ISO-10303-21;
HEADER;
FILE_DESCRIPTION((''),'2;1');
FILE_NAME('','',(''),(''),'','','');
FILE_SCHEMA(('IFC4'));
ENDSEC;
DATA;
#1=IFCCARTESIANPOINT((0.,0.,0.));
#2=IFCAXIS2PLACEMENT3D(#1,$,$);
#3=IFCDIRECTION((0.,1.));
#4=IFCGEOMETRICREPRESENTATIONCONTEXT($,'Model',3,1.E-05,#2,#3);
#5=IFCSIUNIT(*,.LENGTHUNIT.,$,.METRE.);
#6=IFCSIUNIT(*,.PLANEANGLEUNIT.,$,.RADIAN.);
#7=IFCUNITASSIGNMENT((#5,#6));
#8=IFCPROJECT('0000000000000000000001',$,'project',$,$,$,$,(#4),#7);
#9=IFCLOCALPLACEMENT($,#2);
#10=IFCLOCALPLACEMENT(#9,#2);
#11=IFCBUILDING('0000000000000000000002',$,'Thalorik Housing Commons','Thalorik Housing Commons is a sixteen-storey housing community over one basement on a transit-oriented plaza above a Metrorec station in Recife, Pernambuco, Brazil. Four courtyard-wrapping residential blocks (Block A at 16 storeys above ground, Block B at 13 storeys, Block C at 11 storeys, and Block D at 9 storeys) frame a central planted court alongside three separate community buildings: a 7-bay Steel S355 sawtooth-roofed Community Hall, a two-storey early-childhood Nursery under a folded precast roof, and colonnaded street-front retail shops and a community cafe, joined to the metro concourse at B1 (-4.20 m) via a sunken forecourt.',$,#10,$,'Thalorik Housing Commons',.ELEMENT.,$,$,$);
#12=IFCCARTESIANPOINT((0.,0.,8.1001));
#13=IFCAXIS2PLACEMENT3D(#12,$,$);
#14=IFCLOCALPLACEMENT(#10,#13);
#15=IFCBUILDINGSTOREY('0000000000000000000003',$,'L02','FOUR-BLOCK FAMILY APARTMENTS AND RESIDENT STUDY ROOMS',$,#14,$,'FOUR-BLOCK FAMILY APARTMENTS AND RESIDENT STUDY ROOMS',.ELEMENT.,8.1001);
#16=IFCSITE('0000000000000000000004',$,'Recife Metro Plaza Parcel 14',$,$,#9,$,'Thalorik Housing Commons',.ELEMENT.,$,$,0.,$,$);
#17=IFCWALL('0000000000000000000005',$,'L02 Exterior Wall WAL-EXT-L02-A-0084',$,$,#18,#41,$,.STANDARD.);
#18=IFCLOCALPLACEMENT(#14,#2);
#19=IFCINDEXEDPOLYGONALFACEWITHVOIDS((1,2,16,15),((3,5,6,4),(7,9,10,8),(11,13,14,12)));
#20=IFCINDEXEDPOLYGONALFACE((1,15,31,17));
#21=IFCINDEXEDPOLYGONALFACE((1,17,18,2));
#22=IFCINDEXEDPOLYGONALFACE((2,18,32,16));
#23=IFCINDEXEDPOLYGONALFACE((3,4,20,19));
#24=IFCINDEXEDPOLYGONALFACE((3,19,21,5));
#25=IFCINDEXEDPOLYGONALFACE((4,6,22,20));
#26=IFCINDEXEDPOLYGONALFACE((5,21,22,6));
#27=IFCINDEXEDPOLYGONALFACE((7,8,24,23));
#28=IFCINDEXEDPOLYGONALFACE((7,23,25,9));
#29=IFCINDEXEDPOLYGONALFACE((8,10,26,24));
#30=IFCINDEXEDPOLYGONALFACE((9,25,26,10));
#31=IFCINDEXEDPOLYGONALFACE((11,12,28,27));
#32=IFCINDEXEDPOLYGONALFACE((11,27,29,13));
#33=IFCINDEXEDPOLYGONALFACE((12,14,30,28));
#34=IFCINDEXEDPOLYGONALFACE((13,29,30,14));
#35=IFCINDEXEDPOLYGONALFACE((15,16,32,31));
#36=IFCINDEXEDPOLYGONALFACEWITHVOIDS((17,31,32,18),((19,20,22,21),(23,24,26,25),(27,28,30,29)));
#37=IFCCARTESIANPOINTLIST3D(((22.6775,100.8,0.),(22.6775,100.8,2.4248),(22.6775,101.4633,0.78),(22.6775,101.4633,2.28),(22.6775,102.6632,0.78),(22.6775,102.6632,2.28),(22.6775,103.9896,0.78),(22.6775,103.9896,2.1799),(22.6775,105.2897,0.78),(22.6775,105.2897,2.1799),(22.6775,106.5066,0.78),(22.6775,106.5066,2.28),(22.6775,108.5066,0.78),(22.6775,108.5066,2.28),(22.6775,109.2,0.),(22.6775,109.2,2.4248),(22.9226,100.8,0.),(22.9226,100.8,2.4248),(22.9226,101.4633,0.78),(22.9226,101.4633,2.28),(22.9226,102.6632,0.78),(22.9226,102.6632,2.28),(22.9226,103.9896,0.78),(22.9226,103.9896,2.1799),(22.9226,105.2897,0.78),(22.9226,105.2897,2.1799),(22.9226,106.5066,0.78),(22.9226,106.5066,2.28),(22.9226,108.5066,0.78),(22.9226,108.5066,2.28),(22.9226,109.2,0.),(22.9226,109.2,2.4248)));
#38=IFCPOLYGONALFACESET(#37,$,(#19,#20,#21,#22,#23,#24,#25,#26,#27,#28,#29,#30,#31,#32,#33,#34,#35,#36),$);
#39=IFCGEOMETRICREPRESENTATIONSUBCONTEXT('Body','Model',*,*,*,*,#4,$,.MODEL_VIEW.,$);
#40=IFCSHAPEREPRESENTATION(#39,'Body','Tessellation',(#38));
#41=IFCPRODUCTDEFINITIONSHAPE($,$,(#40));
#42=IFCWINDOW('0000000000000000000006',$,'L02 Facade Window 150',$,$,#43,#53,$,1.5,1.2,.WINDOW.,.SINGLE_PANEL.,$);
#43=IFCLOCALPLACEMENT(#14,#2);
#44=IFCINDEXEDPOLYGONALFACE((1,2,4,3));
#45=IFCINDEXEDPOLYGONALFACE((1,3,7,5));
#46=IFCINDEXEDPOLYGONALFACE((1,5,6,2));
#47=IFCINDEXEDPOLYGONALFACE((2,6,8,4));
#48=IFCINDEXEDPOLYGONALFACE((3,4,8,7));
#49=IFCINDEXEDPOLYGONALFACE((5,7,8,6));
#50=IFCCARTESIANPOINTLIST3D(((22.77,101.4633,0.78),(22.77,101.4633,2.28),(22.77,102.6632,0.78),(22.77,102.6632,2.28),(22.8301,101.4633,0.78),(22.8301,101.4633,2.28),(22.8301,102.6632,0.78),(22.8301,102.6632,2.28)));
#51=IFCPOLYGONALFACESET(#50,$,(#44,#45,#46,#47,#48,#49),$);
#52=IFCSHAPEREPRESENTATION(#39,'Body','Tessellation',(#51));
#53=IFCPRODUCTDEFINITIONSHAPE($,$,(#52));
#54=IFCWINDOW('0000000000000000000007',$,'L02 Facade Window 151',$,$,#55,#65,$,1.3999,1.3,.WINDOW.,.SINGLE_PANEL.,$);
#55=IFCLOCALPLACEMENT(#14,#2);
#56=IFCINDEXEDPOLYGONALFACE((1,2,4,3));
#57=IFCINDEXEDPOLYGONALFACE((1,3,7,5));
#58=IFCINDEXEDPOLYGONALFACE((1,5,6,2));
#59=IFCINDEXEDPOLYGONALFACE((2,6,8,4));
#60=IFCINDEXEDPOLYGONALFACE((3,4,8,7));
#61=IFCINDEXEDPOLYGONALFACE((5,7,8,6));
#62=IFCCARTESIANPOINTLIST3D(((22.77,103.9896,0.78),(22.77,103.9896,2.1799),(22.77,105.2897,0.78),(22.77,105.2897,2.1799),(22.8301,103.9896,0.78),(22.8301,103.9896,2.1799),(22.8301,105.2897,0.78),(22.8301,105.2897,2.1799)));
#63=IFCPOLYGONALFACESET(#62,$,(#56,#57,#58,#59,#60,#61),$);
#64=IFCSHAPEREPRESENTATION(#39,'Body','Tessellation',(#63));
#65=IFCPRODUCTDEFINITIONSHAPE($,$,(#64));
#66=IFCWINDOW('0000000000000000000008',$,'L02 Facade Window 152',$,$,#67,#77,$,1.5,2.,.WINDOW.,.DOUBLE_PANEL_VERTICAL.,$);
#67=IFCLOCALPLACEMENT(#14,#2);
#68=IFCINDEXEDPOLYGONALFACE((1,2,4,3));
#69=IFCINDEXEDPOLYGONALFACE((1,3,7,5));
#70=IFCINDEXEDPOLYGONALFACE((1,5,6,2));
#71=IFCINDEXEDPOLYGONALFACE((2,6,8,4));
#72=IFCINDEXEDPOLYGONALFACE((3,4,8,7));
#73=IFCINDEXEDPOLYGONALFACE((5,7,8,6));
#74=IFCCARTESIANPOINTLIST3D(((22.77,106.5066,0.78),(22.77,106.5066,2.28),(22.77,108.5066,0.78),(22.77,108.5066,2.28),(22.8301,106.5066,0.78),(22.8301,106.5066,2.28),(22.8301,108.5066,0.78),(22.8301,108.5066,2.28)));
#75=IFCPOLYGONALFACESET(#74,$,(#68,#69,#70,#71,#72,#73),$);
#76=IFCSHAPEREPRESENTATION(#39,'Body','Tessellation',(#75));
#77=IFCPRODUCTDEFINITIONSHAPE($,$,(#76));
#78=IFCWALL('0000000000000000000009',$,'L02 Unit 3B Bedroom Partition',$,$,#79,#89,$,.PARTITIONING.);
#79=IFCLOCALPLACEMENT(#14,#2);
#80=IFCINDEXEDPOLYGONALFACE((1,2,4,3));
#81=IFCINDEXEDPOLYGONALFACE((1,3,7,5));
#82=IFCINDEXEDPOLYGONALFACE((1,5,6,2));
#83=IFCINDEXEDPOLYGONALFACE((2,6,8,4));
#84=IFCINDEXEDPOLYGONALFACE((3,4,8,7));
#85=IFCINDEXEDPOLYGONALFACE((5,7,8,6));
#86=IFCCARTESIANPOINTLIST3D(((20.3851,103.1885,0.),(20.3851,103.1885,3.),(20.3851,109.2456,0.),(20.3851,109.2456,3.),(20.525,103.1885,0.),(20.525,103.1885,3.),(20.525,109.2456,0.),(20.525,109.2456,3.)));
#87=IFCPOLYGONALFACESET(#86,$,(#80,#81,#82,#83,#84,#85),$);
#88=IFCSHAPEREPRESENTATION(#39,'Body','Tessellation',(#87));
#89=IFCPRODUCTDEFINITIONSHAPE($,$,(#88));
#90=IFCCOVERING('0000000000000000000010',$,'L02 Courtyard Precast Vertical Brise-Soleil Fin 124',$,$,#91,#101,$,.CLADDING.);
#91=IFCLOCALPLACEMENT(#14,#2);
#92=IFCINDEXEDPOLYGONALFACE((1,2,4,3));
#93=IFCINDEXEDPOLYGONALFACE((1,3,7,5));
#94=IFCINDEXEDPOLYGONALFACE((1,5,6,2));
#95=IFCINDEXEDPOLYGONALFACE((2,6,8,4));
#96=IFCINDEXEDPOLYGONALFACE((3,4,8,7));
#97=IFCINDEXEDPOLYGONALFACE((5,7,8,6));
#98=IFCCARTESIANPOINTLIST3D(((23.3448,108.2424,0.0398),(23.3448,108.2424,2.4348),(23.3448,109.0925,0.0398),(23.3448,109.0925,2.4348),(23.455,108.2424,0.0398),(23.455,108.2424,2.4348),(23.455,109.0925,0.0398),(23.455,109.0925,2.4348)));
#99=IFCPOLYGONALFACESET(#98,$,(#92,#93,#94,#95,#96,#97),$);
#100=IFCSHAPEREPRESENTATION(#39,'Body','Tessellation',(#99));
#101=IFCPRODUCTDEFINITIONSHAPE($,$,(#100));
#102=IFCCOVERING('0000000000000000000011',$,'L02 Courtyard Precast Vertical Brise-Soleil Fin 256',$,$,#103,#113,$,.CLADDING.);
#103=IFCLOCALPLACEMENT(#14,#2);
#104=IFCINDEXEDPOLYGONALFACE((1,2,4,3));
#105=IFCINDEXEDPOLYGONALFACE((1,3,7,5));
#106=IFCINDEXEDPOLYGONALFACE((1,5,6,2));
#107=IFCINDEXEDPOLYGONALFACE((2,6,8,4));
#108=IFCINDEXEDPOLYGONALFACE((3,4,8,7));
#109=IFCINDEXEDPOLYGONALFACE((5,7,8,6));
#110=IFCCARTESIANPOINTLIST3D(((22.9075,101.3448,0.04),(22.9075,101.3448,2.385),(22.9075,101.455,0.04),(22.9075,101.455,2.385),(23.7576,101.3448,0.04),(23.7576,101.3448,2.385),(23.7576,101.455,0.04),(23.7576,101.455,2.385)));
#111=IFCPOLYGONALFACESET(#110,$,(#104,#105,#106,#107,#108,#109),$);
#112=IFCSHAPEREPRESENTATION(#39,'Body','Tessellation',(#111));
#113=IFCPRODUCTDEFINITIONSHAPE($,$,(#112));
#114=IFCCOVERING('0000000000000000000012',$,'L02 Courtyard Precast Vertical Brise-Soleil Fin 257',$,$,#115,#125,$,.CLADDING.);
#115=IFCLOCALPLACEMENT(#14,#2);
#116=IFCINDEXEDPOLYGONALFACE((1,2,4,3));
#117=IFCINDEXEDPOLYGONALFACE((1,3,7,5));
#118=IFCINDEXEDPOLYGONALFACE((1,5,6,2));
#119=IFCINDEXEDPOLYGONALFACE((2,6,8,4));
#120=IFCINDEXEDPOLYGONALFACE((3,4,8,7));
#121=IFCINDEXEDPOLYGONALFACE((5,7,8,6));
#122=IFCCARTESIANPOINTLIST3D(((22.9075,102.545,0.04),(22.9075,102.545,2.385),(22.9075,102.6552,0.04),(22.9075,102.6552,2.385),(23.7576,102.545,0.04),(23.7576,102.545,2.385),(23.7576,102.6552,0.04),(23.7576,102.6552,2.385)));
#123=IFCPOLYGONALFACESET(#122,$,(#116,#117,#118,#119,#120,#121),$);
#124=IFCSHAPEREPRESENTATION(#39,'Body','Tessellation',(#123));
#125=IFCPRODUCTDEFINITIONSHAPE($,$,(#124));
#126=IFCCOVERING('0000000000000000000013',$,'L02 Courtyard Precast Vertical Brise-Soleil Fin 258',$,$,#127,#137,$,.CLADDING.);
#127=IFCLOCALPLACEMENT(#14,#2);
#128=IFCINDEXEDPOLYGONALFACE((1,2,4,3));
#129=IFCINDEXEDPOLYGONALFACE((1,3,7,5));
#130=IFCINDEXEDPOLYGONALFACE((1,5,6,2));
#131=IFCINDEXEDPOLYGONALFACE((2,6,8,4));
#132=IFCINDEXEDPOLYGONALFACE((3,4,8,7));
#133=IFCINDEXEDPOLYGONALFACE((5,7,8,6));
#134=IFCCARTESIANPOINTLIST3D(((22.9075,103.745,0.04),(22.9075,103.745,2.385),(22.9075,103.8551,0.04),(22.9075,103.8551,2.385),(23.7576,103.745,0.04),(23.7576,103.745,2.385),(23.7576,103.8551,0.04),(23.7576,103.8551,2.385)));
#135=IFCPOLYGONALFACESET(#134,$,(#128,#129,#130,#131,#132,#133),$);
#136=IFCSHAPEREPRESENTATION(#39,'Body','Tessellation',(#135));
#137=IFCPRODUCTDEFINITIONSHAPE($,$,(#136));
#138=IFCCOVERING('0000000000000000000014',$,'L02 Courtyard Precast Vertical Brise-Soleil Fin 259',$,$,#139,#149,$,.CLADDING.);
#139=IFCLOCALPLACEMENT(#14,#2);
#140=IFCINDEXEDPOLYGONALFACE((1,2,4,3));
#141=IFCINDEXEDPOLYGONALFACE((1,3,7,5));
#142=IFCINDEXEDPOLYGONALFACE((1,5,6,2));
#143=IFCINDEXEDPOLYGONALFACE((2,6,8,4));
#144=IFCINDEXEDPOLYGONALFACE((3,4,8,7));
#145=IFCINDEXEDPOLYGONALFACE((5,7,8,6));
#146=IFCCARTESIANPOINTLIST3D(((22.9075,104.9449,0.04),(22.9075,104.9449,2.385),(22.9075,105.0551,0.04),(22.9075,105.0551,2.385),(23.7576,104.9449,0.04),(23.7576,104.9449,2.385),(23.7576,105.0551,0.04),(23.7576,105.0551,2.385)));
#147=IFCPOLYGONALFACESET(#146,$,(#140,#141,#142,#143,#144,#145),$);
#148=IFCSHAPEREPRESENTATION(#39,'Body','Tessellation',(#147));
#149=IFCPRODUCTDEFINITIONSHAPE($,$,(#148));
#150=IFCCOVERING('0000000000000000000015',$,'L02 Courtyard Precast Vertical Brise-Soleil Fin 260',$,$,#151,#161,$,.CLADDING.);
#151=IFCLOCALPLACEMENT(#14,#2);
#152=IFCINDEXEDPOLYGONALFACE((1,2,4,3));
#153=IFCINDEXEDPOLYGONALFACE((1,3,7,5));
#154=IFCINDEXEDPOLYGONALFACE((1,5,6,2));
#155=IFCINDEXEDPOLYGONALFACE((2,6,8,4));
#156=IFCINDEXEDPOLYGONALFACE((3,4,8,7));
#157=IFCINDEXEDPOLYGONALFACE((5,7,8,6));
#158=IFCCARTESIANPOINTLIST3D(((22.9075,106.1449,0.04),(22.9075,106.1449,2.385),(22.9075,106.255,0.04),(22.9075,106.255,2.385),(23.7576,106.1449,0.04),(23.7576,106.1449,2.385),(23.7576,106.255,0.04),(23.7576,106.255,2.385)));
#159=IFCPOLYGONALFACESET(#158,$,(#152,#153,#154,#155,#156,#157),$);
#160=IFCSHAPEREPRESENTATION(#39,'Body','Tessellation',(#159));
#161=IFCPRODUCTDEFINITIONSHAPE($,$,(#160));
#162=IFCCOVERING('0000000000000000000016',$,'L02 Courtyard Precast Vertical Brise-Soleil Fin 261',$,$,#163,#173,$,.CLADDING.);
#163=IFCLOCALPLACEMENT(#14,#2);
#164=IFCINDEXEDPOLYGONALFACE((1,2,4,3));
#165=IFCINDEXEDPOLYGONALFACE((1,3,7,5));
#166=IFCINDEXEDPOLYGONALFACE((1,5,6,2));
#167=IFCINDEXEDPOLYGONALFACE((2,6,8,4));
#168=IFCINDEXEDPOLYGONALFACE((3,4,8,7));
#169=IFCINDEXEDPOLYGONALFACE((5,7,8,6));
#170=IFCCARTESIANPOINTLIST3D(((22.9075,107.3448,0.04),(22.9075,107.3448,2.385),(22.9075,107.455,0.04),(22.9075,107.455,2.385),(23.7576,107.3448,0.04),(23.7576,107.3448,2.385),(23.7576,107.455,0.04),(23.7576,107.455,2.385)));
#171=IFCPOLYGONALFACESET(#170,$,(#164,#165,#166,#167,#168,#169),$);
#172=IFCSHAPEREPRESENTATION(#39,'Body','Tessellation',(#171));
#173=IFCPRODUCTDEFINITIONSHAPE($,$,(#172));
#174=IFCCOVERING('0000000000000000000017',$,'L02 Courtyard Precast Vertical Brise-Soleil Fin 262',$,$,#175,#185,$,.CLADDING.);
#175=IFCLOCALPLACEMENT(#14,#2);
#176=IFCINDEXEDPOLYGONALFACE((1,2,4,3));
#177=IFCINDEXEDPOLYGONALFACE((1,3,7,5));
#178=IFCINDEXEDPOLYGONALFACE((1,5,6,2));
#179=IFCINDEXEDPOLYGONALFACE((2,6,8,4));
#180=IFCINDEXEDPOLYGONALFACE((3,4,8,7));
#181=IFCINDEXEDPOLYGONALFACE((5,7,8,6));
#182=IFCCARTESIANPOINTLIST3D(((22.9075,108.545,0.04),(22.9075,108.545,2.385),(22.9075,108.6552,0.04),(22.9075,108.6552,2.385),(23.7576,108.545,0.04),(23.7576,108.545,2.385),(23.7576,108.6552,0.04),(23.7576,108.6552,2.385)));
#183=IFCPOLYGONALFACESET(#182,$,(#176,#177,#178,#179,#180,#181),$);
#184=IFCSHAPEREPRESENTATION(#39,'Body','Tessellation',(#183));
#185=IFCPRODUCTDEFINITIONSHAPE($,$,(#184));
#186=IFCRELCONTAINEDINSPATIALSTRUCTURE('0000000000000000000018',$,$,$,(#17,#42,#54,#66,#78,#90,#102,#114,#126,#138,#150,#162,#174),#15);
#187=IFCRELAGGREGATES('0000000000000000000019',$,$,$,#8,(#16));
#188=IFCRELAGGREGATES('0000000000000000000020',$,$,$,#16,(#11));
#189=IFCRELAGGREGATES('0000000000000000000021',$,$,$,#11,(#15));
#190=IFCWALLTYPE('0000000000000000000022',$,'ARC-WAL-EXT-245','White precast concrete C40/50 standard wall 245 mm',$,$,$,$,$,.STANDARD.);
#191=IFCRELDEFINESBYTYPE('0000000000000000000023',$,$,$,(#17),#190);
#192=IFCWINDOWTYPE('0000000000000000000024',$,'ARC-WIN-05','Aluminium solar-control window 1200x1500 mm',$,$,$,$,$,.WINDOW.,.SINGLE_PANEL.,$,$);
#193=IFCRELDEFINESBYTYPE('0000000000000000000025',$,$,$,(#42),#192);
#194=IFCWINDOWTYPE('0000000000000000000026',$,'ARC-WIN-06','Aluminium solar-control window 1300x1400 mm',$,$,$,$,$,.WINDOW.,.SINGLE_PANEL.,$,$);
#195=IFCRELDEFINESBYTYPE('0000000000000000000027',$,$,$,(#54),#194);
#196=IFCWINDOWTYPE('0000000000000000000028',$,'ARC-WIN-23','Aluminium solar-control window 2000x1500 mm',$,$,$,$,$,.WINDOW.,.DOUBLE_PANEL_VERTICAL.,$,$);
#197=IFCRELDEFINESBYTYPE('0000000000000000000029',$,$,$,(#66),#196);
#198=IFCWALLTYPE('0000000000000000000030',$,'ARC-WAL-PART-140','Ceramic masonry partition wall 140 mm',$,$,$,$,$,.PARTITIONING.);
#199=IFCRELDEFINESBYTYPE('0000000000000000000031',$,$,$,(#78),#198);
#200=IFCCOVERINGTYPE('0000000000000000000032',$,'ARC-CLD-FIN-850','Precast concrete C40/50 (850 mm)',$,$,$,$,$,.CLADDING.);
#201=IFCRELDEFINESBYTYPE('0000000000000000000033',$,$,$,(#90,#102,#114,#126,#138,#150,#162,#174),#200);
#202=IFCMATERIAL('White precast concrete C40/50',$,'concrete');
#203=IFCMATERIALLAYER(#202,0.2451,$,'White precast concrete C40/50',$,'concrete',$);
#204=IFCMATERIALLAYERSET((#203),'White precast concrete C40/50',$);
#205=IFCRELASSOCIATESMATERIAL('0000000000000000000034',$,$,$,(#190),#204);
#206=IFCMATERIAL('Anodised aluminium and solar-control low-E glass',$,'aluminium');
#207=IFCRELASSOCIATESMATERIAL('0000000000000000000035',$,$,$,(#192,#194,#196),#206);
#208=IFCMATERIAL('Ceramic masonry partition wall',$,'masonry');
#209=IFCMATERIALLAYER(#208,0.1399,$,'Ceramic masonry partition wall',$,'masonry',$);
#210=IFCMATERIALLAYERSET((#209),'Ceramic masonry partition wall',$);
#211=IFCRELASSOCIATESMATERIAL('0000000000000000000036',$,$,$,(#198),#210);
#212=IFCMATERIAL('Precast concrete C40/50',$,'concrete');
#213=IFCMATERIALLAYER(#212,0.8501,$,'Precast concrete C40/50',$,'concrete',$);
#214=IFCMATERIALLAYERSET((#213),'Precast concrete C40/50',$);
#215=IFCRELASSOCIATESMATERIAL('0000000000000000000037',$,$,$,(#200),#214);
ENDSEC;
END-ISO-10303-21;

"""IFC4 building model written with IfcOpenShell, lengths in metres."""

from ifc_helpers import new_model, si_unit, direction, frame, frame_2d, origin, origin_2d, place, context, subcontext, project, spatial, rectangle, extrude, material, layer, layer_set, type_object, element, fill, save


model = new_model("IFC4")

# Units and contexts
model_context = context("Model", 3, precision=1e-05, world=origin(), true_north=direction((0.0, 1.0)))
body_context = subcontext(model_context, "Body", "Model", "MODEL_VIEW")
ifc_project = project(units=[si_unit("LENGTHUNIT", "METRE"), si_unit("PLANEANGLEUNIT", "RADIAN")], contexts=[model_context])

# Site, building, storey
site_placement = place(None, origin())
site = spatial("IfcSite", under=ifc_project, at=site_placement, Name="Recife Metro Plaza Parcel 14", LongName="Thalorik Housing Commons", CompositionType="ELEMENT", RefElevation=0.0)
building_placement = place(site_placement, origin())
building = spatial("IfcBuilding", under=site, at=building_placement, Name="Thalorik Housing Commons", Description="Thalorik Housing Commons is a sixteen-storey housing community over one basement on a transit-oriented plaza above a Metrorec station in Recife, Pernambuco, Brazil. Four courtyard-wrapping residential blocks (Block A at 16 storeys above ground, Block B at 13 storeys, Block C at 11 storeys, and Block D at 9 storeys) frame a central planted court alongside three separate community buildings: a 7-bay Steel S355 sawtooth-roofed Community Hall, a two-storey early-childhood Nursery under a folded precast roof, and colonnaded street-front retail shops and a community cafe, joined to the metro concourse at B1 (-4.20 m) via a sunken forecourt.", LongName="Thalorik Housing Commons", CompositionType="ELEMENT")
storey_placement = place(building_placement, frame((0.0, 0.0, 8.1001)))
storey = spatial("IfcBuildingStorey", under=building, at=storey_placement, Name="L02", Description="FOUR-BLOCK FAMILY APARTMENTS AND RESIDENT STUDY ROOMS", LongName="FOUR-BLOCK FAMILY APARTMENTS AND RESIDENT STUDY ROOMS", CompositionType="ELEMENT", Elevation=8.1001)

# Shared definitions
ifc_material_1 = material(Name="Precast concrete C40/50", Category="concrete")

# Wall, openings, windows
ifc_material_2 = material(Name="White precast concrete C40/50", Category="concrete")
ifc_layer_1 = layer(ifc_material_2, 0.2451, Name="White precast concrete C40/50", Category="concrete")
ifc_layer_set_1 = layer_set([ifc_layer_1], Name="White precast concrete C40/50")
wall_type_1 = type_object("IfcWallType", Name="ARC-WAL-EXT-245", Description="White precast concrete C40/50 standard wall 245 mm", PredefinedType="STANDARD", material=ifc_layer_set_1)
ifc_material_3 = material(Name="Anodised aluminium and solar-control low-E glass", Category="aluminium")
wall_1_placement = place(storey_placement, frame((22.8, 100.8, 0.0), z_axis=(0.0, 0.0, 1.0), x_axis=(0.0, 1.0, 0.0)))
wall_1 = element("IfcWall", 1, at=wall_1_placement, inside=storey, type_object=wall_type_1, Name="L02 Exterior Wall WAL-EXT-L02-A-0084", PredefinedType="STANDARD", context=body_context, shape_type="SweptSolid", body=[
    extrude(rectangle(XDim=8.3999, YDim=0.2451, at=frame_2d((4.2, 0.0))), origin(), (0.0, 0.0, 1.0), 2.4248),
])
opening_1_placement = place(wall_1_placement, frame((0.6631, 0.0, 0.78)))
opening_1 = element("IfcOpeningElement", 2, at=opening_1_placement, cuts=wall_1, PredefinedType="OPENING", context=body_context, shape_type="SweptSolid", body=[
    extrude(rectangle(XDim=1.2, YDim=1.5, at=frame_2d((0.6001, 0.75))), frame((0.0, 0.1326, 0.0), z_axis=(0.0, -1.0, 0.0), x_axis=(1.0, 0.0, 0.0)), (0.0, 0.0, 1.0), 0.2651),
])
opening_2_placement = place(wall_1_placement, frame((3.1897, 0.0, 0.78)))
opening_2 = element("IfcOpeningElement", 3, at=opening_2_placement, cuts=wall_1, PredefinedType="OPENING", context=body_context, shape_type="SweptSolid", body=[
    extrude(rectangle(XDim=1.3, YDim=1.3999, at=frame_2d((0.6499, 0.7))), frame((0.0, 0.1326, 0.0), z_axis=(0.0, -1.0, 0.0), x_axis=(1.0, 0.0, 0.0)), (0.0, 0.0, 1.0), 0.2651),
])
opening_3_placement = place(wall_1_placement, frame((5.7065, 0.0, 0.78)))
opening_3 = element("IfcOpeningElement", 4, at=opening_3_placement, cuts=wall_1, PredefinedType="OPENING", context=body_context, shape_type="SweptSolid", body=[
    extrude(rectangle(XDim=2.0, YDim=1.5, at=frame_2d((1.0, 0.75))), frame((0.0, 0.1326, 0.0), z_axis=(0.0, -1.0, 0.0), x_axis=(1.0, 0.0, 0.0)), (0.0, 0.0, 1.0), 0.2651),
])
window_type_1 = type_object("IfcWindowType", Name="ARC-WIN-05", Description="Aluminium solar-control window 1200x1500 mm", PartitioningType="SINGLE_PANEL", PredefinedType="WINDOW", material=ifc_material_3)
window_1_placement = place(opening_1_placement, origin())
window_1 = element("IfcWindow", 5, at=window_1_placement, inside=storey, type_object=window_type_1, Name="L02 Facade Window 150", OverallHeight=1.5, OverallWidth=1.2, PartitioningType="SINGLE_PANEL", PredefinedType="WINDOW", context=body_context, shape_type="SweptSolid", body=[
    extrude(rectangle(XDim=1.2, YDim=1.5, at=frame_2d((0.6001, 0.75))), frame((0.0, 0.03, 0.0), z_axis=(0.0, -1.0, 0.0), x_axis=(1.0, 0.0, 0.0)), (0.0, 0.0, 1.0), 0.0601),
])
fill(opening_1, window_1)
window_type_2 = type_object("IfcWindowType", Name="ARC-WIN-06", Description="Aluminium solar-control window 1300x1400 mm", PartitioningType="SINGLE_PANEL", PredefinedType="WINDOW", material=ifc_material_3)
window_2_placement = place(opening_2_placement, origin())
window_2 = element("IfcWindow", 6, at=window_2_placement, inside=storey, type_object=window_type_2, Name="L02 Facade Window 151", OverallHeight=1.3999, OverallWidth=1.3, PartitioningType="SINGLE_PANEL", PredefinedType="WINDOW", context=body_context, shape_type="SweptSolid", body=[
    extrude(rectangle(XDim=1.3, YDim=1.3999, at=frame_2d((0.6499, 0.7))), frame((0.0, 0.03, 0.0), z_axis=(0.0, -1.0, 0.0), x_axis=(1.0, 0.0, 0.0)), (0.0, 0.0, 1.0), 0.0601),
])
fill(opening_2, window_2)
window_type_3 = type_object("IfcWindowType", Name="ARC-WIN-23", Description="Aluminium solar-control window 2000x1500 mm", PartitioningType="DOUBLE_PANEL_VERTICAL", PredefinedType="WINDOW", material=ifc_material_3)
window_3_placement = place(opening_3_placement, origin())
window_3 = element("IfcWindow", 7, at=window_3_placement, inside=storey, type_object=window_type_3, Name="L02 Facade Window 152", OverallHeight=1.5, OverallWidth=2.0, PartitioningType="DOUBLE_PANEL_VERTICAL", PredefinedType="WINDOW", context=body_context, shape_type="SweptSolid", body=[
    extrude(rectangle(XDim=2.0, YDim=1.5, at=frame_2d((1.0, 0.75))), frame((0.0, 0.03, 0.0), z_axis=(0.0, -1.0, 0.0), x_axis=(1.0, 0.0, 0.0)), (0.0, 0.0, 1.0), 0.0601),
])
fill(opening_3, window_3)

# Wall
ifc_material_4 = material(Name="Ceramic masonry partition wall", Category="masonry")
ifc_layer_2 = layer(ifc_material_4, 0.1399, Name="Ceramic masonry partition wall", Category="masonry")
ifc_layer_set_2 = layer_set([ifc_layer_2], Name="Ceramic masonry partition wall")
wall_type_2 = type_object("IfcWallType", Name="ARC-WAL-PART-140", Description="Ceramic masonry partition wall 140 mm", PredefinedType="PARTITIONING", material=ifc_layer_set_2)
wall_2_placement = place(storey_placement, frame((20.4551, 103.1885, 0.0), z_axis=(0.0, 0.0, 1.0), x_axis=(0.0, 1.0, 0.0)))
element("IfcWall", 8, at=wall_2_placement, inside=storey, type_object=wall_type_2, Name="L02 Unit 3B Bedroom Partition", PredefinedType="PARTITIONING", context=body_context, shape_type="SweptSolid", body=[
    extrude(rectangle(XDim=6.0571, YDim=0.1399, at=frame_2d((3.0286, 0.0))), origin(), (0.0, 0.0, 1.0), 3.0),
])

# Coverings
ifc_layer_3 = layer(ifc_material_1, 0.8501, Name="Precast concrete C40/50", Category="concrete")
ifc_layer_set_3 = layer_set([ifc_layer_3], Name="Precast concrete C40/50")
covering_type_1 = type_object("IfcCoveringType", Name="ARC-CLD-FIN-850", Description="Precast concrete C40/50 (850 mm)", PredefinedType="CLADDING", material=ifc_layer_set_3)
covering_1_placement = place(storey_placement, frame((23.3999, 108.6675, 0.0398), z_axis=(0.0, 0.0, 1.0), x_axis=(1.0, 0.0, 0.0)))
element("IfcCovering", 9, at=covering_1_placement, inside=storey, type_object=covering_type_1, Name="L02 Courtyard Precast Vertical Brise-Soleil Fin 124", PredefinedType="CLADDING", context=body_context, shape_type="SweptSolid", body=[
    extrude(rectangle(XDim=0.1101, YDim=0.8501, at=origin_2d()), origin(), (0.0, 0.0, 1.0), 2.395),
])
for number, where, z_axis, x_axis, name in (
    (10, (23.3325, 101.3999, 0.04), (0.0, 0.0, 1.0), (0.0, 1.0, 0.0), "L02 Courtyard Precast Vertical Brise-Soleil Fin 256"),
    (11, (23.3325, 102.6001, 0.04), (0.0, 0.0, 1.0), (0.0, 1.0, 0.0), "L02 Courtyard Precast Vertical Brise-Soleil Fin 257"),
    (12, (23.3325, 103.8, 0.04), (0.0, 0.0, 1.0), (0.0, 1.0, 0.0), "L02 Courtyard Precast Vertical Brise-Soleil Fin 258"),
    (13, (23.3325, 105.0, 0.04), (0.0, 0.0, 1.0), (0.0, 1.0, 0.0), "L02 Courtyard Precast Vertical Brise-Soleil Fin 259"),
    (14, (23.3325, 106.2, 0.04), (0.0, 0.0, 1.0), (0.0, 1.0, 0.0), "L02 Courtyard Precast Vertical Brise-Soleil Fin 260"),
    (15, (23.3325, 107.3999, 0.04), (0.0, 0.0, 1.0), (0.0, 1.0, 0.0), "L02 Courtyard Precast Vertical Brise-Soleil Fin 261"),
    (16, (23.3325, 108.6001, 0.04), (0.0, 0.0, 1.0), (0.0, 1.0, 0.0), "L02 Courtyard Precast Vertical Brise-Soleil Fin 262"),
):
    element("IfcCovering", number, at=place(storey_placement, frame(where, z_axis=z_axis, x_axis=x_axis)), inside=storey, type_object=covering_type_1, Name=name, PredefinedType="CLADDING", context=body_context, shape_type="SweptSolid", body=[
        extrude(rectangle(XDim=0.1101, YDim=0.8501, at=origin_2d()), origin(), (0.0, 0.0, 1.0), 2.345),
    ])

save(model, "model.ifc")
